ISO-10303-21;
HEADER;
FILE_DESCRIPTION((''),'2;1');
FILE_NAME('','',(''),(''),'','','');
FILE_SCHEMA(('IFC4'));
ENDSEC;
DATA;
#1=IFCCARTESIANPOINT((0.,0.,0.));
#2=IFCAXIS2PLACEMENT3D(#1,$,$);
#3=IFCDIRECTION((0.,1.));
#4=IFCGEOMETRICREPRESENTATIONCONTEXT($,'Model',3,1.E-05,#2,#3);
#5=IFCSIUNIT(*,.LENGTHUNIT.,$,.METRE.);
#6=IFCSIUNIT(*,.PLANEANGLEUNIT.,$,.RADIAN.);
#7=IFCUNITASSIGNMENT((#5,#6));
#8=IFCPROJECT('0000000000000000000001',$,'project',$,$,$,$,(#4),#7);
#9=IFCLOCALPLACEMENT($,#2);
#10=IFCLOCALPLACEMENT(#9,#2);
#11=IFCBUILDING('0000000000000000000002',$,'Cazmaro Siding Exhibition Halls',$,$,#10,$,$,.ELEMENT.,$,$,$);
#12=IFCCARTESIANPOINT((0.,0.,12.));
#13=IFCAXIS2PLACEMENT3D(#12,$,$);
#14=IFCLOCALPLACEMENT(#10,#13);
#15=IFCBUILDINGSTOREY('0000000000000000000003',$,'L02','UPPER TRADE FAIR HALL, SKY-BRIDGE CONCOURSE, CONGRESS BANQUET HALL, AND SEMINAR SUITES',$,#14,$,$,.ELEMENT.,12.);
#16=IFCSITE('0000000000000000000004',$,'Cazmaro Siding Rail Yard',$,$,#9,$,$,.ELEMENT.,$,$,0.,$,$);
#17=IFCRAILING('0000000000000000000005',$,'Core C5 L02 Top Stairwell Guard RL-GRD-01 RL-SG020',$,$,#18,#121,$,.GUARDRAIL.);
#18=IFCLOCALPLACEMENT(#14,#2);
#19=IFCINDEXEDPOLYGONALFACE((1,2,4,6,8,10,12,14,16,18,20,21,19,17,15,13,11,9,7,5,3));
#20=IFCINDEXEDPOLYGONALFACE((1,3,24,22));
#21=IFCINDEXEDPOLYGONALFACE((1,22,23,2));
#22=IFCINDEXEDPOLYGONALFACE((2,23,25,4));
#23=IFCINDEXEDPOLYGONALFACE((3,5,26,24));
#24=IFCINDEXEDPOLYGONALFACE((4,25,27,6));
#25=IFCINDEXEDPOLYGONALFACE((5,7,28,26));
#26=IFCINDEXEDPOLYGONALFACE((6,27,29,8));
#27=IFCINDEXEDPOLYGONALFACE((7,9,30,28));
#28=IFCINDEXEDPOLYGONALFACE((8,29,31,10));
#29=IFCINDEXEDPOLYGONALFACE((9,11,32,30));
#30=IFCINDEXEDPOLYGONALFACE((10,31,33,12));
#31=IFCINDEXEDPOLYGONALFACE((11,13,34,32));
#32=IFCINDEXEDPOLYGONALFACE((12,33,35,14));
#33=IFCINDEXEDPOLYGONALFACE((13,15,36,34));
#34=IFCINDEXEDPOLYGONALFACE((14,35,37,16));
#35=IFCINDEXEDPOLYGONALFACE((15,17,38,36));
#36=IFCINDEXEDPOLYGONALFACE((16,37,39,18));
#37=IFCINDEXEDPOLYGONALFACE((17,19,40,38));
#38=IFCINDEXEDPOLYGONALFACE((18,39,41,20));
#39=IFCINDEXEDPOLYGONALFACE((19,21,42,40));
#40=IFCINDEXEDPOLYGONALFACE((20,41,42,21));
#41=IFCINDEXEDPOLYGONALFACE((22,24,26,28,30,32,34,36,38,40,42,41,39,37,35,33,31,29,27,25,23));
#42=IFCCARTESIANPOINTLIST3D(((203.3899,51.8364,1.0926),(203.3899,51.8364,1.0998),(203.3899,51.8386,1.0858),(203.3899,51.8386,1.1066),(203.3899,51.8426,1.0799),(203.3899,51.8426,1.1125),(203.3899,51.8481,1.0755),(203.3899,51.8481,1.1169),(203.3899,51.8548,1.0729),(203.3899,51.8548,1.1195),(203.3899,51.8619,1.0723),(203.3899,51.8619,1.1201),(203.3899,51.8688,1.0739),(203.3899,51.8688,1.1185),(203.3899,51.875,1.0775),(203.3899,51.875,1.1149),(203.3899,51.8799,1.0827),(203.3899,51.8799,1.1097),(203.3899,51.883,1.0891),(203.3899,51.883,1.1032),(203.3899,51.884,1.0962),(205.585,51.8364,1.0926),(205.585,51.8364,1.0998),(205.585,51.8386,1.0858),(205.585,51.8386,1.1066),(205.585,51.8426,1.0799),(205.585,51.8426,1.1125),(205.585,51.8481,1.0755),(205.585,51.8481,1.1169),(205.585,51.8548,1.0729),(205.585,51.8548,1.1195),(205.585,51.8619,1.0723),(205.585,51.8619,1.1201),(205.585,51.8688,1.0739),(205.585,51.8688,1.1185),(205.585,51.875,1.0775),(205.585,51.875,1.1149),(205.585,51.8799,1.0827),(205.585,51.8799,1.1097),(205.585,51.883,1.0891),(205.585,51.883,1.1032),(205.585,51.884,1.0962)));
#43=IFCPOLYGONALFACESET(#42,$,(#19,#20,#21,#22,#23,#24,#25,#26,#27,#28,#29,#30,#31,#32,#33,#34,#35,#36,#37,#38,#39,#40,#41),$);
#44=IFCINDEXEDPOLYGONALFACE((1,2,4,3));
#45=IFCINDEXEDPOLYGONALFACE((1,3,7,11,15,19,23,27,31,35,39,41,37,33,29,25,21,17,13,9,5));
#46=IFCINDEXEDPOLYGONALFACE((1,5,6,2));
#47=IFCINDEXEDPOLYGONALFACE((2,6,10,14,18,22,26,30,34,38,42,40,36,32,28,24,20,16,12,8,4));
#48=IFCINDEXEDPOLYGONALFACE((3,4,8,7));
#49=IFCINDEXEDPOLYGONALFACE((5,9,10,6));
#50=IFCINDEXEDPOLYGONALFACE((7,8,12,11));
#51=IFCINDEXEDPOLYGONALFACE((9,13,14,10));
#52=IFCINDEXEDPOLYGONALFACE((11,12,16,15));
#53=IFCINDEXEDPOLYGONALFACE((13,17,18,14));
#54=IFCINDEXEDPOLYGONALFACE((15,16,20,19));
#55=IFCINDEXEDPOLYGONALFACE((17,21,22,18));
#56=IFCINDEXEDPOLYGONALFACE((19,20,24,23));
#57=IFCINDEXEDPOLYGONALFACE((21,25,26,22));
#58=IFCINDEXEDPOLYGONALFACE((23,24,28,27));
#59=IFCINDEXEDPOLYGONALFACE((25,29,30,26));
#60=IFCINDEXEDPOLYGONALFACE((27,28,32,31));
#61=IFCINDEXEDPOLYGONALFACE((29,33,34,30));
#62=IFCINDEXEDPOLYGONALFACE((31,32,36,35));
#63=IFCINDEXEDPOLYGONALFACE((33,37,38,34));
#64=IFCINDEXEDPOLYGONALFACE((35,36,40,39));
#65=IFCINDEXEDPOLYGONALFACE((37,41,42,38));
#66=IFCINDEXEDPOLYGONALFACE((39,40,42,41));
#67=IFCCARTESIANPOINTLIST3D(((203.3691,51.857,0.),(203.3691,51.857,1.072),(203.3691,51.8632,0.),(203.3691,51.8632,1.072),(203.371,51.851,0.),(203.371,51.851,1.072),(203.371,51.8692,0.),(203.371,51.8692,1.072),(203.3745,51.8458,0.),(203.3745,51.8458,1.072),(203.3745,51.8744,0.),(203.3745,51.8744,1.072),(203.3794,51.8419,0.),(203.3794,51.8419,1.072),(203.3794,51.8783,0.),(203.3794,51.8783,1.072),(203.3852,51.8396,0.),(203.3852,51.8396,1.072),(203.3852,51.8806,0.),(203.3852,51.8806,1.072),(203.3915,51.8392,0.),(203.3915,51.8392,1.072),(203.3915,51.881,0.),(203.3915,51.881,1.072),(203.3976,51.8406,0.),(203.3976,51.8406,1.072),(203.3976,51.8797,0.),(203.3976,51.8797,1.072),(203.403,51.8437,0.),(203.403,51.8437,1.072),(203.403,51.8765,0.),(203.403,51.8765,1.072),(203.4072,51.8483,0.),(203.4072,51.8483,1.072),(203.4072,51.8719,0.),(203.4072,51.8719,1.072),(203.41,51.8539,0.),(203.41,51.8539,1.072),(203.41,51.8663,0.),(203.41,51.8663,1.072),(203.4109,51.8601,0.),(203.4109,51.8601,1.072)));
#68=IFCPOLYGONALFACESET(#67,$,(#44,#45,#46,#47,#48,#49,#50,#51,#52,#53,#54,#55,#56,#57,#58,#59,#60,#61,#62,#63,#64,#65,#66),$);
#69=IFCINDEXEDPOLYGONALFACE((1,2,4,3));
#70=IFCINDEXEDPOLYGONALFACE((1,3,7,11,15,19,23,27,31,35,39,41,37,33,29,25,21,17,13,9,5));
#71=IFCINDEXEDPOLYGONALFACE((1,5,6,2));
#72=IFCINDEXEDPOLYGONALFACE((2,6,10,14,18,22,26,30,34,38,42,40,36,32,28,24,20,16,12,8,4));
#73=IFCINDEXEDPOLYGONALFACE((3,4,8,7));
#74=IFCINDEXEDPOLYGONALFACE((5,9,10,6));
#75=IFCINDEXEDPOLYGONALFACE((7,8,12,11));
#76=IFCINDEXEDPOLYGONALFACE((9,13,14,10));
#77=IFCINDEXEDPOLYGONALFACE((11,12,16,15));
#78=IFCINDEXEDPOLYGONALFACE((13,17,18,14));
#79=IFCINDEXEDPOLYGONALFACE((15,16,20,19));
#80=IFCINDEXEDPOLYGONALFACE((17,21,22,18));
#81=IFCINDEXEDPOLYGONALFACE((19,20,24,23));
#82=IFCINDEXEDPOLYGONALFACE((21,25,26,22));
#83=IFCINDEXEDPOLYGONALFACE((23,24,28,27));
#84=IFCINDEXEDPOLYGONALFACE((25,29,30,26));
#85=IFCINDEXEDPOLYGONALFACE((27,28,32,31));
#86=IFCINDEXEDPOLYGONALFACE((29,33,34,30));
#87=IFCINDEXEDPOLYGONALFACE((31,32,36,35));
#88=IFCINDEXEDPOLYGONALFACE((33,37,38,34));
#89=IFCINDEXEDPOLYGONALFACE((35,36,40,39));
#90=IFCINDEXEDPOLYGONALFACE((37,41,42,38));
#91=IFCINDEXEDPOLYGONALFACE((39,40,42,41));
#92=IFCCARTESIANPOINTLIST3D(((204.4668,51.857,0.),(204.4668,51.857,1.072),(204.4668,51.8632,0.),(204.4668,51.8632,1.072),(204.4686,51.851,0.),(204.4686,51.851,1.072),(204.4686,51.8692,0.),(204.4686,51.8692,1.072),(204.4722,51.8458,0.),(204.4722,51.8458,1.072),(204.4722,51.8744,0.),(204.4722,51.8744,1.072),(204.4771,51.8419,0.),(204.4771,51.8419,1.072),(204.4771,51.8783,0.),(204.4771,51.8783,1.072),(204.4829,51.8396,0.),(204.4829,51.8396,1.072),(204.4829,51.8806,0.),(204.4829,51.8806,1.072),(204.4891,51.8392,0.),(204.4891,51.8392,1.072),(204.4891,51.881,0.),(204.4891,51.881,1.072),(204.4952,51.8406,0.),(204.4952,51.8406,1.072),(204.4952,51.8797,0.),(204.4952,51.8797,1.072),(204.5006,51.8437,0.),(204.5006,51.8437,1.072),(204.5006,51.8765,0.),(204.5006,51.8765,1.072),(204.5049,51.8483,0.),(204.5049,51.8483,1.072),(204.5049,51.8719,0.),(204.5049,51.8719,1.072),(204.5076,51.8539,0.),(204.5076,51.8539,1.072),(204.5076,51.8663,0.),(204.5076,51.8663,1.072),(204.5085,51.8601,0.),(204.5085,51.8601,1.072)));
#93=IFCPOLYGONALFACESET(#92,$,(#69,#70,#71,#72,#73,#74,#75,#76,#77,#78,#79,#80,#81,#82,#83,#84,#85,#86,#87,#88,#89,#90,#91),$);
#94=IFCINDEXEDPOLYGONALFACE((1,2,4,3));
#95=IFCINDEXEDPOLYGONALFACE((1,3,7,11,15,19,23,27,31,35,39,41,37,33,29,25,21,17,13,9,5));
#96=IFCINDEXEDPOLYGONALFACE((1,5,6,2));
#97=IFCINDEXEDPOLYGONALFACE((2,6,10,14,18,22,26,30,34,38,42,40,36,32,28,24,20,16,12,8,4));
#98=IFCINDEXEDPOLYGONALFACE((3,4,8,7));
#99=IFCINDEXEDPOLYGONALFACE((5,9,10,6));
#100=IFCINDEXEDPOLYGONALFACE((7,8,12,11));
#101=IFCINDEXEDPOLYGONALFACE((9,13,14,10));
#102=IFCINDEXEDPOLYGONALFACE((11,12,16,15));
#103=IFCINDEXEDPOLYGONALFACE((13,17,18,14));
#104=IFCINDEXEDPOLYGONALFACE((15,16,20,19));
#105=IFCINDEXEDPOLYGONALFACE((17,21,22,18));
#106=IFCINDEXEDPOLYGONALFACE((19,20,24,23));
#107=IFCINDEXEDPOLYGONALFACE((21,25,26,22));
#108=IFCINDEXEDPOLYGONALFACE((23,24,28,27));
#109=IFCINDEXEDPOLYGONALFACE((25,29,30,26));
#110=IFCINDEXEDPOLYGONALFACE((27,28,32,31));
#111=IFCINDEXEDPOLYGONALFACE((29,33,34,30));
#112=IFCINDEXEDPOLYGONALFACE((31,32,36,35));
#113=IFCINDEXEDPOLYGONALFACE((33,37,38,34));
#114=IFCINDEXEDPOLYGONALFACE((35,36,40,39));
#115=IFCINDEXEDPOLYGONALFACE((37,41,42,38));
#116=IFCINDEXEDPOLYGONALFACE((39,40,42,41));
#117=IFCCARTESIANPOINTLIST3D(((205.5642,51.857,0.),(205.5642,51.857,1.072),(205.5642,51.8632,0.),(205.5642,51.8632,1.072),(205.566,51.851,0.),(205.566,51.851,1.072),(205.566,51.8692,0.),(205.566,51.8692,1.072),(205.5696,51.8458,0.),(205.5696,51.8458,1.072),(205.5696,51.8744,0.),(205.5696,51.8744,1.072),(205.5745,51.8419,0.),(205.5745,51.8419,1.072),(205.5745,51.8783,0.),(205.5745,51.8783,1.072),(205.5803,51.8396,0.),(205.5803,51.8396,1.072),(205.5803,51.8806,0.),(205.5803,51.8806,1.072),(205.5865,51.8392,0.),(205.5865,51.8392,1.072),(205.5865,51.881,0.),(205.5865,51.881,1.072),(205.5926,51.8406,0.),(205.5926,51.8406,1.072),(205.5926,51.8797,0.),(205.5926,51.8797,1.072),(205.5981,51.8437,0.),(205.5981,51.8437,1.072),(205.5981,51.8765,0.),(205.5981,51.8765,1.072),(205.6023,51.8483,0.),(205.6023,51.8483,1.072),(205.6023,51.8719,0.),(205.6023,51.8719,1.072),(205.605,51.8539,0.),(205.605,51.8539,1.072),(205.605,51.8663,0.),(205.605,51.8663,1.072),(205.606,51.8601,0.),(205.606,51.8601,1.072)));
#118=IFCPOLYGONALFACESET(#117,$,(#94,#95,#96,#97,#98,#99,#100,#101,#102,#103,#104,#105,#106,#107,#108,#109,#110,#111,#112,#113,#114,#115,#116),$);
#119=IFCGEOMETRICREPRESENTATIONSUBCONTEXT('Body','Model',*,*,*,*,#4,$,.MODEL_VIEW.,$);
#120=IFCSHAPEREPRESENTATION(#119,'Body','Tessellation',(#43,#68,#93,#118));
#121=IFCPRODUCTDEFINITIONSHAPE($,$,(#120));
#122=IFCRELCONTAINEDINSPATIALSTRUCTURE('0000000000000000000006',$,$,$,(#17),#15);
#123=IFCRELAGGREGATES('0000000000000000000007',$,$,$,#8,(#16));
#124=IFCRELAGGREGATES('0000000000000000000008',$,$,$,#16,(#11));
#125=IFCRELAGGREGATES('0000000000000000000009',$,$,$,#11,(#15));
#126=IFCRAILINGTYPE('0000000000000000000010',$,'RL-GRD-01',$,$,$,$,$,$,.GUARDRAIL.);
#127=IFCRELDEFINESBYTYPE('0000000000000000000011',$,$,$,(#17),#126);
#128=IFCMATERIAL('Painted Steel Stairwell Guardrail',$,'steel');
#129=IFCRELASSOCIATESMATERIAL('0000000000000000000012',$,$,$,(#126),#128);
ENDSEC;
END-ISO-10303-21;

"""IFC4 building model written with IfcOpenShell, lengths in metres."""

from ifc_helpers import new_model, si_unit, direction, frame, origin, origin_2d, place, context, subcontext, project, spatial, circle, extrude, material, type_object, element, save


model = new_model("IFC4")

# Units and contexts
model_context = context("Model", 3, precision=1e-05, world=origin(), true_north=direction((0.0, 1.0)))
body_context = subcontext(model_context, "Body", "Model", "MODEL_VIEW")
ifc_project = project(units=[si_unit("LENGTHUNIT", "METRE"), si_unit("PLANEANGLEUNIT", "RADIAN")], contexts=[model_context])

# Site, building, storey
site_placement = place(None, origin())
site = spatial("IfcSite", under=ifc_project, at=site_placement, Name="Cazmaro Siding Rail Yard", CompositionType="ELEMENT", RefElevation=0.0)
building_placement = place(site_placement, origin())
building = spatial("IfcBuilding", under=site, at=building_placement, Name="Cazmaro Siding Exhibition Halls", CompositionType="ELEMENT")
storey_placement = place(building_placement, frame((0.0, 0.0, 12.0)))
storey = spatial("IfcBuildingStorey", under=building, at=storey_placement, Name="L02", Description="UPPER TRADE FAIR HALL, SKY-BRIDGE CONCOURSE, CONGRESS BANQUET HALL, AND SEMINAR SUITES", CompositionType="ELEMENT", Elevation=12.0)

# Railing
ifc_material_1 = material(Name="Painted Steel Stairwell Guardrail", Category="steel")
railing_type = type_object("IfcRailingType", Name="RL-GRD-01", PredefinedType="GUARDRAIL", material=ifc_material_1)
railing_placement = place(storey_placement, frame((203.3899, 51.8601, 0.0)))
element("IfcRailing", 1, at=railing_placement, inside=storey, type_object=railing_type, Name="Core C5 L02 Top Stairwell Guard RL-GRD-01 RL-SG020", PredefinedType="GUARDRAIL", context=body_context, shape_type="SweptSolid", body=[
    extrude(circle(Radius=0.0239, at=origin_2d()), frame((0.0, 0.0, 1.0962), z_axis=(1.0, 0.0, 0.0), x_axis=(0.0, 1.0, 0.0)), (0.0, 0.0, 1.0), 2.1951),
    extrude(circle(Radius=0.021, at=origin_2d()), origin(), (0.0, 0.0, 1.0), 1.072),
    extrude(circle(Radius=0.021, at=origin_2d()), frame((1.0977, 0.0, 0.0)), (0.0, 0.0, 1.0), 1.072),
    extrude(circle(Radius=0.021, at=origin_2d()), frame((2.1951, 0.0, 0.0)), (0.0, 0.0, 1.0), 1.072),
])

save(model, "model.ifc")
